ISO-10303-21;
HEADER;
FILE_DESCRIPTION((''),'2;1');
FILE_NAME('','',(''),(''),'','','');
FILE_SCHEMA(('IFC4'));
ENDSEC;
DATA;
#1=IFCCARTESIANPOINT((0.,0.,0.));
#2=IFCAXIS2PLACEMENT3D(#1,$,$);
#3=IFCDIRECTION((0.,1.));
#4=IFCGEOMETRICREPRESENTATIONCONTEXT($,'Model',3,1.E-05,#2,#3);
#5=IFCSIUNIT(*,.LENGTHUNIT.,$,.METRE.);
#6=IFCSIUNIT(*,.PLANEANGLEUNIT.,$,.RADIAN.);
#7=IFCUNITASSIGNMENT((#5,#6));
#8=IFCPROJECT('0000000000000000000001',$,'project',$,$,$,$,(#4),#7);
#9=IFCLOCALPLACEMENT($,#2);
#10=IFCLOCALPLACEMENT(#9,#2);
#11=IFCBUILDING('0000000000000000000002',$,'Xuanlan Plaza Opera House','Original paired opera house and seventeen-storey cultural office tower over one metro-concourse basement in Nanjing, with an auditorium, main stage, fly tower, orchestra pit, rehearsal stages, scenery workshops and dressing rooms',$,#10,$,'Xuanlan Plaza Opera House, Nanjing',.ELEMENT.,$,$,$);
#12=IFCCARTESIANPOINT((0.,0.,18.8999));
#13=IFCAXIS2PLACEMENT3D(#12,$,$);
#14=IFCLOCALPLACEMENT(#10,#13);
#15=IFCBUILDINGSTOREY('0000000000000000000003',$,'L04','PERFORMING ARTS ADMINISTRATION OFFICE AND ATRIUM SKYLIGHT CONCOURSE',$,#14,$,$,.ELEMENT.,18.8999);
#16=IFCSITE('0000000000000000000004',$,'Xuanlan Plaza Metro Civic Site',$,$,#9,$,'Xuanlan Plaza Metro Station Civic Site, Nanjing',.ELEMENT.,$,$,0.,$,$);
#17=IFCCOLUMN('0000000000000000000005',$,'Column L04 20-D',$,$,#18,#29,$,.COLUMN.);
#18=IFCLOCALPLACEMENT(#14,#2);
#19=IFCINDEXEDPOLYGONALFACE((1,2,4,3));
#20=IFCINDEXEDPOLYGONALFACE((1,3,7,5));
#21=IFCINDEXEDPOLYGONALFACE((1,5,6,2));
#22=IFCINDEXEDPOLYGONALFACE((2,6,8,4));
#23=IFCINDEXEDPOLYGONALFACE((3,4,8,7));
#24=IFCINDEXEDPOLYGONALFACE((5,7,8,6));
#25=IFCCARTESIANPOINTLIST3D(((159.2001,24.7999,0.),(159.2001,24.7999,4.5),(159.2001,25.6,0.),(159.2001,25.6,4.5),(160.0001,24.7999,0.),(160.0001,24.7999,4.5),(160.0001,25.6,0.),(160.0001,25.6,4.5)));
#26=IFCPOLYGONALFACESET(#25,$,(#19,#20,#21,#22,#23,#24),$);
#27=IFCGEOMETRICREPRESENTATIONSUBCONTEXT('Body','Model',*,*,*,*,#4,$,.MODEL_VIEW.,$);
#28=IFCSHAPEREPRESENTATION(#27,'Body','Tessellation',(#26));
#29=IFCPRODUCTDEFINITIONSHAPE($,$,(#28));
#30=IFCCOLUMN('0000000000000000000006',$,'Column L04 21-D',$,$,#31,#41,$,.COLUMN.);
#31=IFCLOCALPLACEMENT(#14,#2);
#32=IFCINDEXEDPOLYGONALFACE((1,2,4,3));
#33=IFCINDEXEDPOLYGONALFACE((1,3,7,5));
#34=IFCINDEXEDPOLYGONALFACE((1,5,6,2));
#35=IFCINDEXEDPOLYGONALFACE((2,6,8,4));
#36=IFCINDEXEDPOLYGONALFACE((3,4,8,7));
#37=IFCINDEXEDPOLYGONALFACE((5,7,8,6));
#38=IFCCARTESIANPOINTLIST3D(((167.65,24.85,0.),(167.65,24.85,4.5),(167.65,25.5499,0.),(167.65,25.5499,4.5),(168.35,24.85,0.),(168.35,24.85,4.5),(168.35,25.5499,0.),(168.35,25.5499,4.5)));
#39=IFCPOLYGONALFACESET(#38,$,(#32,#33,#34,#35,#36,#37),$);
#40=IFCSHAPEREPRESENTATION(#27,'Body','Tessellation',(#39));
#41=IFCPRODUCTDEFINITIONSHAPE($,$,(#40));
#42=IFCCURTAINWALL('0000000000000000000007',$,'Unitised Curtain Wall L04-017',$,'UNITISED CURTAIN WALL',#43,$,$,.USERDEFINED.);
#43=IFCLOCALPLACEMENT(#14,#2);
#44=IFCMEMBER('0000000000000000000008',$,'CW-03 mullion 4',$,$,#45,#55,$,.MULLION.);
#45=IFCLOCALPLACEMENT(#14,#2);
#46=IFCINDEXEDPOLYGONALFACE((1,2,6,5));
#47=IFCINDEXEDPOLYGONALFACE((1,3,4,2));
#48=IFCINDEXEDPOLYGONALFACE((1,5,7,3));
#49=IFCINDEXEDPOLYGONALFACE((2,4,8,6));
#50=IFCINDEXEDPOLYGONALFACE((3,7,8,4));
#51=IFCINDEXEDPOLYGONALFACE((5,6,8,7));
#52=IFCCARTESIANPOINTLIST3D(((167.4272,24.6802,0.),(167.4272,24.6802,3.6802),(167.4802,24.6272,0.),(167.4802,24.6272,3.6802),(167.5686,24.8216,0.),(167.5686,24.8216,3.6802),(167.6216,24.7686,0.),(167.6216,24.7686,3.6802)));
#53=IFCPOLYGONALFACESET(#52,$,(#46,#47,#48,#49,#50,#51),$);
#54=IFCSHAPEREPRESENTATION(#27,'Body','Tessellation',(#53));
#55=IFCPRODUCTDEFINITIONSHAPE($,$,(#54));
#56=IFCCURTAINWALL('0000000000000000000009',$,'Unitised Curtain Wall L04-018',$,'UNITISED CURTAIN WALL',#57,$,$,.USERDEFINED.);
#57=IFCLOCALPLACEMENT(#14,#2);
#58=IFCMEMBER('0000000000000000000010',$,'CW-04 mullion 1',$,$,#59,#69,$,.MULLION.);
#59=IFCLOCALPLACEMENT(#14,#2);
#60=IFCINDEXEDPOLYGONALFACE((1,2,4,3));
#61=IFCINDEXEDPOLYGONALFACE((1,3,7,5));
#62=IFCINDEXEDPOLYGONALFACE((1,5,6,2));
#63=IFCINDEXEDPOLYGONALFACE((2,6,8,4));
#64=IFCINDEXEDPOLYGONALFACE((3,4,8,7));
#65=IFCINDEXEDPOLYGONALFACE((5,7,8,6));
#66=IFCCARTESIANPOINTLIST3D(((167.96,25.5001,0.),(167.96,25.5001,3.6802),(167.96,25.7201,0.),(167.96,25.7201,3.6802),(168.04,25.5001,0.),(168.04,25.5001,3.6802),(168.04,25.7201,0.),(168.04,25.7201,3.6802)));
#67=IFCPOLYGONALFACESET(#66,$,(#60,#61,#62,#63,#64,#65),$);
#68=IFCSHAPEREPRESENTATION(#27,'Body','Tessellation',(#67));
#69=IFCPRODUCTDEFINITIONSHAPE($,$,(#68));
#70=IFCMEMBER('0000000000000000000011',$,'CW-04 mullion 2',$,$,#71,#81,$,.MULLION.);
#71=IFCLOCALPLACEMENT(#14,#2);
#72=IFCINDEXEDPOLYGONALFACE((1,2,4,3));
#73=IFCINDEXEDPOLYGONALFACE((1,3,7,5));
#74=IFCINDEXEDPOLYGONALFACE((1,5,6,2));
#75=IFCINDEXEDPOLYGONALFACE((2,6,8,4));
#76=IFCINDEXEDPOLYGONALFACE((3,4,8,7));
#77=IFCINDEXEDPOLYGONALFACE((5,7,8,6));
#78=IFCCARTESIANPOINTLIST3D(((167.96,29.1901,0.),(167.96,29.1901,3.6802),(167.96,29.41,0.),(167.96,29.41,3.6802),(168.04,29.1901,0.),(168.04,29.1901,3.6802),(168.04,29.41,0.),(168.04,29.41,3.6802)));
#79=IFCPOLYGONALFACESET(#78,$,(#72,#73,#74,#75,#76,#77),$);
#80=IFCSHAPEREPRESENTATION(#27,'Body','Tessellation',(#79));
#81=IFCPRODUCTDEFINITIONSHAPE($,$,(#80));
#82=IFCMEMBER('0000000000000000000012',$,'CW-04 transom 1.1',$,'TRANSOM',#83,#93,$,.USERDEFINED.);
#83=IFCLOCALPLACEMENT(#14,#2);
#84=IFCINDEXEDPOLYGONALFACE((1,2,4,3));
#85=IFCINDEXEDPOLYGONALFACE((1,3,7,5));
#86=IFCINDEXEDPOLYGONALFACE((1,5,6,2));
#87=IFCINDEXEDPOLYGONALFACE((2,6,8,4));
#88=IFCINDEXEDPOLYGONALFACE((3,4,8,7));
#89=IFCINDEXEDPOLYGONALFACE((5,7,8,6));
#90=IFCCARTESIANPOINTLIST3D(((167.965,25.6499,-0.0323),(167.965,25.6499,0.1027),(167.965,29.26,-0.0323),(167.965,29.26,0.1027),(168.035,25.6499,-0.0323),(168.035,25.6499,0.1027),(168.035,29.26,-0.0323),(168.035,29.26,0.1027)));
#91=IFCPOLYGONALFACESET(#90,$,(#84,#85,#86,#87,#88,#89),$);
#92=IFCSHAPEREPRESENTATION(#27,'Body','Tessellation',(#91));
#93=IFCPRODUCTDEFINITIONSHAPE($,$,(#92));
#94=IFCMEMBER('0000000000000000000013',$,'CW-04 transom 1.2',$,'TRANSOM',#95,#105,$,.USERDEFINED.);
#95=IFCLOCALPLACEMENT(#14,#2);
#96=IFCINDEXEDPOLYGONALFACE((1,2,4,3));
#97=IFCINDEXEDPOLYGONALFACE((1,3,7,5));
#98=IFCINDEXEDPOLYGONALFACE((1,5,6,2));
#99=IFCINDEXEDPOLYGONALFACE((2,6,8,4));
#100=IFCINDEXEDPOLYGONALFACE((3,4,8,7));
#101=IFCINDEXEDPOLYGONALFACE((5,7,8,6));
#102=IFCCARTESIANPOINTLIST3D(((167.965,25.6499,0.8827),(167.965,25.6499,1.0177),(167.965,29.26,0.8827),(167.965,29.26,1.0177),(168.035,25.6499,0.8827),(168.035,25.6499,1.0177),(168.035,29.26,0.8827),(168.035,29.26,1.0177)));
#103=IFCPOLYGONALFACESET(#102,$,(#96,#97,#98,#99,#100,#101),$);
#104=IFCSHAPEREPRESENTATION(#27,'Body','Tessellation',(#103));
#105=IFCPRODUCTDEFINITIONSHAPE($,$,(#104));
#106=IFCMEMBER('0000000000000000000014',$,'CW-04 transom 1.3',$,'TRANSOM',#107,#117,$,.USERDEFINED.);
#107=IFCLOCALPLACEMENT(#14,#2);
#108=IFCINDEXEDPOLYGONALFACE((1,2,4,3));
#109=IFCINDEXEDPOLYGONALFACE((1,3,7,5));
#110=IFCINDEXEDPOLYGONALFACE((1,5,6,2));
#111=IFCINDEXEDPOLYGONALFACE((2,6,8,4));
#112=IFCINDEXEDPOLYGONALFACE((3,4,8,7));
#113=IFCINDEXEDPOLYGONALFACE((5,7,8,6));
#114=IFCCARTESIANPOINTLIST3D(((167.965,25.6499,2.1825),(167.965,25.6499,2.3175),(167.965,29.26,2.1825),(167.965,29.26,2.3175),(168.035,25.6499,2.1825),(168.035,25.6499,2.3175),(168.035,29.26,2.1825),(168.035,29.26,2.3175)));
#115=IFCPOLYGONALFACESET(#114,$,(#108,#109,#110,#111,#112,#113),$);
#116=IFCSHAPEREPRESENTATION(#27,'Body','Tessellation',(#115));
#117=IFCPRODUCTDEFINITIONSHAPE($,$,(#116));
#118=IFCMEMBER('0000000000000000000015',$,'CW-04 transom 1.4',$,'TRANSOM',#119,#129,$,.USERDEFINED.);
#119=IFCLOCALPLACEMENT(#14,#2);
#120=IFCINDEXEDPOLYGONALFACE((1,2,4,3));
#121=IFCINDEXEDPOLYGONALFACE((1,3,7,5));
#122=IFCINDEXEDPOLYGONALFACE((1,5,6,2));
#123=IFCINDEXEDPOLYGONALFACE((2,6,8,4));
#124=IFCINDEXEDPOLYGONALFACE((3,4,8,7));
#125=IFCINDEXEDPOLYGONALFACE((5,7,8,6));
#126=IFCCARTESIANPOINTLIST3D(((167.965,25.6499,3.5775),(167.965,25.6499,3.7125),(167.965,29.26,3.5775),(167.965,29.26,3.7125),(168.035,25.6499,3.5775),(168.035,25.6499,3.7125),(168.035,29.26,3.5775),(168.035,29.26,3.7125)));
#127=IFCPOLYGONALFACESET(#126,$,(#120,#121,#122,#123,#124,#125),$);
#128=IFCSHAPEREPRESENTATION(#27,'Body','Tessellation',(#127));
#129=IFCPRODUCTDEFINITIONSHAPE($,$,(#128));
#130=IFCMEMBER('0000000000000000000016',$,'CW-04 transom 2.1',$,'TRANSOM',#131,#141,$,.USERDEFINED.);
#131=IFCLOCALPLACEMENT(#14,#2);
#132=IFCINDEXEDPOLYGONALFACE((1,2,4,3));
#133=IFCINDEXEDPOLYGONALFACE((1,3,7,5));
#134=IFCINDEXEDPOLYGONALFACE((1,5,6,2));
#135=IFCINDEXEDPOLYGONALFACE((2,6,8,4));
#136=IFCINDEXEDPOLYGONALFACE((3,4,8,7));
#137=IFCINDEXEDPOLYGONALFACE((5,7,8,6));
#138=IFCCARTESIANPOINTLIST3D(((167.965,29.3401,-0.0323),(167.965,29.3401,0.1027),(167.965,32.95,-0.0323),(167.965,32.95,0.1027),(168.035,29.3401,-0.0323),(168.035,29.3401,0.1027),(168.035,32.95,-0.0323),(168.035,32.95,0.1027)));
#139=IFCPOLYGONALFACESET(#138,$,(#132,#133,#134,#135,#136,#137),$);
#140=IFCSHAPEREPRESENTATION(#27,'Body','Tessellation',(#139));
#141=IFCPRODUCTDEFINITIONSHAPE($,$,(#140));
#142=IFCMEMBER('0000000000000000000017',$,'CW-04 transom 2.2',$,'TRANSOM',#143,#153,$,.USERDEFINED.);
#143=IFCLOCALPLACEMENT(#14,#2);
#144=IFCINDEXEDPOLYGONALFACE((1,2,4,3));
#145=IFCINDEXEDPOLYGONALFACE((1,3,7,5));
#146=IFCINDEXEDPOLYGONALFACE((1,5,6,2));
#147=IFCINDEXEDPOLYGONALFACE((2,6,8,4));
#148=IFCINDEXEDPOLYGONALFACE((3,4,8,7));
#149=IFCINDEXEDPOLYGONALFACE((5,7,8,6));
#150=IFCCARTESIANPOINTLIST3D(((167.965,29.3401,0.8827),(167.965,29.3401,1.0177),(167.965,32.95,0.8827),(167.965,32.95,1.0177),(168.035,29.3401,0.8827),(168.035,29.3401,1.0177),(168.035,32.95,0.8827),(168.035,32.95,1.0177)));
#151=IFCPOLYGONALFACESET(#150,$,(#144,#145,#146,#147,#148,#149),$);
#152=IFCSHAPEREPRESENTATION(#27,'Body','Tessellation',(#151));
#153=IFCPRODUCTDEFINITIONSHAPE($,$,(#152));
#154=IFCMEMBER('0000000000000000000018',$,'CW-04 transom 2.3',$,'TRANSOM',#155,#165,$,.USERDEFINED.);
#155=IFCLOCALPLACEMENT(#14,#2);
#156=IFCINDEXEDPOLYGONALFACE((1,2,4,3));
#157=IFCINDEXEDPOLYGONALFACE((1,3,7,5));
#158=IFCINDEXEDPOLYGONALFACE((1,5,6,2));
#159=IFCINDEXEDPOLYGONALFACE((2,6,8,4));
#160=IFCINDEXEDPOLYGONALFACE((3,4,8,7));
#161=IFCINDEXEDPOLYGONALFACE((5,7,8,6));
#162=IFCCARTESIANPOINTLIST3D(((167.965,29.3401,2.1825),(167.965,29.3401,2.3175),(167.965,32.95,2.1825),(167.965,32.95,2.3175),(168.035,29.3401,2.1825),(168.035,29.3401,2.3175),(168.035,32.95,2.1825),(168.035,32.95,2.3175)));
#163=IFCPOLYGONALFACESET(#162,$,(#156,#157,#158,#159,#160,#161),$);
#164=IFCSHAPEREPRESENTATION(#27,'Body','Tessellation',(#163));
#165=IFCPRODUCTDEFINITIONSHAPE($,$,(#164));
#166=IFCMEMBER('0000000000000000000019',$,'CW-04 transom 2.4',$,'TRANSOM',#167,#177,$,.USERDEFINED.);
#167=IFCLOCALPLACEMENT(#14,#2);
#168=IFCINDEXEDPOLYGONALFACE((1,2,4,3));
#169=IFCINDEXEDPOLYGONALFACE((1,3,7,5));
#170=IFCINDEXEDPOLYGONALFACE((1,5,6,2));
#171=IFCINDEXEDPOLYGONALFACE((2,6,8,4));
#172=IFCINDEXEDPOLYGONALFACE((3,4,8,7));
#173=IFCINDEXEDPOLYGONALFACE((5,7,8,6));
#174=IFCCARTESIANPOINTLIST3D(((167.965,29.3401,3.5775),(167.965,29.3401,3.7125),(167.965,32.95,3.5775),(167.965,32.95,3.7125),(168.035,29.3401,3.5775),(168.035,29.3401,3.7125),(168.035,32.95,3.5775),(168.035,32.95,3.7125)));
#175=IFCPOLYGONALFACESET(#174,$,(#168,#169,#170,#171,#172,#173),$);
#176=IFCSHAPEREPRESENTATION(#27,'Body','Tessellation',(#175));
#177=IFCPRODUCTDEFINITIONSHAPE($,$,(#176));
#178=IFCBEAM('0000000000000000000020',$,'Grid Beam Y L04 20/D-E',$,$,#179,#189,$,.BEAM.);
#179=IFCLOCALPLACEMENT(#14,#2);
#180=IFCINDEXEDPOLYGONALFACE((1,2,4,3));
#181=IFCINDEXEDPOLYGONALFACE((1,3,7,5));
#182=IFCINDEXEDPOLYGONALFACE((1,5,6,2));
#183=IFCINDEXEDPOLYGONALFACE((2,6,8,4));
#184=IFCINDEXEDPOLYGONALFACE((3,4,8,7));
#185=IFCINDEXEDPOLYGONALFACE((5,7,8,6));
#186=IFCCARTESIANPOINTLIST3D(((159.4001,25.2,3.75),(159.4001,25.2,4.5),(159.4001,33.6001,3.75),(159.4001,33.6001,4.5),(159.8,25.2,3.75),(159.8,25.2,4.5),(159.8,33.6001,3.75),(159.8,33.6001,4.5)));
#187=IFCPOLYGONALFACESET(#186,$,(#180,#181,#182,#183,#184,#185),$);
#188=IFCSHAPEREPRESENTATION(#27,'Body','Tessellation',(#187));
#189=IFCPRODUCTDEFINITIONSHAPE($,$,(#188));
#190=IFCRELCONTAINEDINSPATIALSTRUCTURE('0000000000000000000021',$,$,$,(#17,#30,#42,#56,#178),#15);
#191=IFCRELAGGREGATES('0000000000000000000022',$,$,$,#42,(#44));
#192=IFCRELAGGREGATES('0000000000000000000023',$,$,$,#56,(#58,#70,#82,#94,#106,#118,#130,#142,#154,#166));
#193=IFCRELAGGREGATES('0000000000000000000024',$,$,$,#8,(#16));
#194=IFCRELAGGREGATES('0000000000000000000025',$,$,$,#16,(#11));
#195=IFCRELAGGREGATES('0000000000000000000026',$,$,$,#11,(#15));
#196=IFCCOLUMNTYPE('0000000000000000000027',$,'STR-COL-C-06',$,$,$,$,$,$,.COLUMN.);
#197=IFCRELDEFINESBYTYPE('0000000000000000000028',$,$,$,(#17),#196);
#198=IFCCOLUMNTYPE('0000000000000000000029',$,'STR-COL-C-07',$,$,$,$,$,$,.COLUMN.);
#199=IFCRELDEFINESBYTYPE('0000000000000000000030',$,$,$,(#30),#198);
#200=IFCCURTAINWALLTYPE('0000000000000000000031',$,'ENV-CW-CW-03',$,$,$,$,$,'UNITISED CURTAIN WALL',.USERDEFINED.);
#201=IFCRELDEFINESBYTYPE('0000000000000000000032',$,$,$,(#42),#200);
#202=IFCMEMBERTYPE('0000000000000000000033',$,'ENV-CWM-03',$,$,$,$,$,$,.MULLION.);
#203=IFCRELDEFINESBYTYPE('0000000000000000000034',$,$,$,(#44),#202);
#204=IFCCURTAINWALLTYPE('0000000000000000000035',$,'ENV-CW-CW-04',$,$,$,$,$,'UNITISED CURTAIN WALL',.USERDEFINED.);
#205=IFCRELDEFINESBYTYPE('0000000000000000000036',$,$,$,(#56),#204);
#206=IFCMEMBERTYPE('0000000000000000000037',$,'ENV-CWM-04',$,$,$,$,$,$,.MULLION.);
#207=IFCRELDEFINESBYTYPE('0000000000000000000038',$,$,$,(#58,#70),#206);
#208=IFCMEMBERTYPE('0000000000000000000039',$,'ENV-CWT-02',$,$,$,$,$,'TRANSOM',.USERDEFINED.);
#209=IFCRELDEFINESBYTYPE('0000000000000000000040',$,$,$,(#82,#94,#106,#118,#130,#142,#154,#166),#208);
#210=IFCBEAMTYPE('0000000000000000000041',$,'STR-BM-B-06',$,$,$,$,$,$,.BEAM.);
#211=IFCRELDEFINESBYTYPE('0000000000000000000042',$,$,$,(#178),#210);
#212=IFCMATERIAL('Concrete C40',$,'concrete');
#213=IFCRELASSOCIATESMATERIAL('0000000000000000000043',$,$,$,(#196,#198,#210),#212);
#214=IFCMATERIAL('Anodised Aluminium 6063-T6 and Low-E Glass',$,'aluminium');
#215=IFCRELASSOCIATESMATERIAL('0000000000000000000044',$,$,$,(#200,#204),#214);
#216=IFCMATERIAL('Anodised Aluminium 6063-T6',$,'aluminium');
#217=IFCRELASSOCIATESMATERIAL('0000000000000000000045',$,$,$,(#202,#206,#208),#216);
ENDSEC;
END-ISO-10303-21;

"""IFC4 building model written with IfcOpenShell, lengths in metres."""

from ifc_helpers import new_model, si_unit, direction, frame, origin, origin_2d, place, context, subcontext, project, spatial, rectangle, extrude, material, material_profile, profile_set, type_object, element, aggregate, save


model = new_model("IFC4")

# Units and contexts
model_context = context("Model", 3, precision=1e-05, world=origin(), true_north=direction((0.0, 1.0)))
body_context = subcontext(model_context, "Body", "Model", "MODEL_VIEW")
ifc_project = project(units=[si_unit("LENGTHUNIT", "METRE"), si_unit("PLANEANGLEUNIT", "RADIAN")], contexts=[model_context])

# Site, building, storey
site_placement = place(None, origin())
site = spatial("IfcSite", under=ifc_project, at=site_placement, Name="Xuanlan Plaza Metro Civic Site", LongName="Xuanlan Plaza Metro Station Civic Site, Nanjing", CompositionType="ELEMENT", RefElevation=0.0)
building_placement = place(site_placement, origin())
building = spatial("IfcBuilding", under=site, at=building_placement, Name="Xuanlan Plaza Opera House", Description="Original paired opera house and seventeen-storey cultural office tower over one metro-concourse basement in Nanjing, with an auditorium, main stage, fly tower, orchestra pit, rehearsal stages, scenery workshops and dressing rooms", LongName="Xuanlan Plaza Opera House, Nanjing", CompositionType="ELEMENT")
storey_placement = place(building_placement, frame((0.0, 0.0, 18.8999)))
storey = spatial("IfcBuildingStorey", under=building, at=storey_placement, Name="L04", Description="PERFORMING ARTS ADMINISTRATION OFFICE AND ATRIUM SKYLIGHT CONCOURSE", CompositionType="ELEMENT", Elevation=18.8999)

# Columns
ifc_material_1 = material(Name="Concrete C40", Category="concrete")
ifc_material_profile_1 = material_profile(ifc_material_1, rectangle(XDim=0.8, YDim=0.8, at=origin_2d()), Name="RC-COL 800x800")
ifc_profile_set_1 = profile_set([ifc_material_profile_1], Name="Concrete C40")
column_type_1 = type_object("IfcColumnType", Name="STR-COL-C-06", PredefinedType="COLUMN", material=ifc_profile_set_1)
column_1_placement = place(storey_placement, frame((159.6001, 25.2, 0.0), z_axis=(0.0, 0.0, 1.0), x_axis=(1.0, 0.0, 0.0)))
element("IfcColumn", 1, at=column_1_placement, inside=storey, type_object=column_type_1, Name="Column L04 20-D", PredefinedType="COLUMN", context=body_context, shape_type="SweptSolid", body=[
    extrude(rectangle(XDim=0.8, YDim=0.8, at=origin_2d()), origin(), (0.0, 0.0, 1.0), 4.5),
])
ifc_material_profile_2 = material_profile(ifc_material_1, rectangle(XDim=0.7, YDim=0.7, at=origin_2d()), Name="RC-COL 700x700")
ifc_profile_set_2 = profile_set([ifc_material_profile_2], Name="Concrete C40")
column_type_2 = type_object("IfcColumnType", Name="STR-COL-C-07", PredefinedType="COLUMN", material=ifc_profile_set_2)
column_2_placement = place(storey_placement, frame((168.0, 25.2, 0.0), z_axis=(0.0, 0.0, 1.0), x_axis=(1.0, 0.0, 0.0)))
element("IfcColumn", 2, at=column_2_placement, inside=storey, type_object=column_type_2, Name="Column L04 21-D", PredefinedType="COLUMN", context=body_context, shape_type="SweptSolid", body=[
    extrude(rectangle(XDim=0.7, YDim=0.7, at=origin_2d()), origin(), (0.0, 0.0, 1.0), 4.5),
])

# Curtain wall, member
ifc_material_2 = material(Name="Anodised Aluminium 6063-T6 and Low-E Glass", Category="aluminium")
curtain_wall_type_1 = type_object("IfcCurtainWallType", Name="ENV-CW-CW-03", ElementType="UNITISED CURTAIN WALL", PredefinedType="USERDEFINED", material=ifc_material_2)
curtain_wall_1_placement = place(storey_placement, origin())
curtain_wall_1 = element("IfcCurtainWall", 3, at=curtain_wall_1_placement, inside=storey, type_object=curtain_wall_type_1, Name="Unitised Curtain Wall L04-017", ObjectType="UNITISED CURTAIN WALL", PredefinedType="USERDEFINED")
ifc_material_3 = material(Name="Anodised Aluminium 6063-T6", Category="aluminium")
ifc_material_profile_3 = material_profile(ifc_material_3, rectangle(XDim=0.075, YDim=0.2, at=origin_2d()), Name="ALU-M 75x200")
ifc_profile_set_3 = profile_set([ifc_material_profile_3], Name="Anodised Aluminium 6063-T6")
member_type_1 = type_object("IfcMemberType", Name="ENV-CWM-03", PredefinedType="MULLION", material=ifc_profile_set_3)
member_1_placement = place(storey_placement, frame((167.5244, 24.7244, 0.0), z_axis=(0.0, 0.0, 1.0), x_axis=(-0.707107, 0.707107, 0.0)))
member_1 = element("IfcMember", 4, at=member_1_placement, type_object=member_type_1, Name="CW-03 mullion 4", PredefinedType="MULLION", context=body_context, shape_type="SweptSolid", body=[
    extrude(rectangle(XDim=0.075, YDim=0.2, at=origin_2d()), origin(), (0.0, 0.0, 1.0), 3.6802),
])

# Curtain wall, members
curtain_wall_type_2 = type_object("IfcCurtainWallType", Name="ENV-CW-CW-04", ElementType="UNITISED CURTAIN WALL", PredefinedType="USERDEFINED", material=ifc_material_2)
curtain_wall_2_placement = place(storey_placement, origin())
curtain_wall_2 = element("IfcCurtainWall", 5, at=curtain_wall_2_placement, inside=storey, type_object=curtain_wall_type_2, Name="Unitised Curtain Wall L04-018", ObjectType="UNITISED CURTAIN WALL", PredefinedType="USERDEFINED")
ifc_material_profile_4 = material_profile(ifc_material_3, rectangle(XDim=0.0801, YDim=0.22, at=origin_2d()), Name="ALU-M 80x220")
ifc_profile_set_4 = profile_set([ifc_material_profile_4], Name="Anodised Aluminium 6063-T6")
member_type_2 = type_object("IfcMemberType", Name="ENV-CWM-04", PredefinedType="MULLION", material=ifc_profile_set_4)
member_2_placement = place(storey_placement, frame((168.0, 25.6101, 0.0), z_axis=(0.0, 0.0, 1.0), x_axis=(-1.0, 0.0, 0.0)))
member_2 = element("IfcMember", 6, at=member_2_placement, type_object=member_type_2, Name="CW-04 mullion 1", PredefinedType="MULLION", context=body_context, shape_type="SweptSolid", body=[
    extrude(rectangle(XDim=0.0801, YDim=0.22, at=origin_2d()), origin(), (0.0, 0.0, 1.0), 3.6802),
])
member_3_placement = place(storey_placement, frame((168.0, 29.3, 0.0), z_axis=(0.0, 0.0, 1.0), x_axis=(-1.0, 0.0, 0.0)))
member_3 = element("IfcMember", 7, at=member_3_placement, type_object=member_type_2, Name="CW-04 mullion 2", PredefinedType="MULLION", context=body_context, shape_type="SweptSolid", body=[
    extrude(rectangle(XDim=0.0801, YDim=0.22, at=origin_2d()), origin(), (0.0, 0.0, 1.0), 3.6802),
])
ifc_material_profile_5 = material_profile(ifc_material_3, rectangle(XDim=0.0701, YDim=0.135, at=origin_2d()), Name="ALU-T 70x135")
ifc_profile_set_5 = profile_set([ifc_material_profile_5], Name="Anodised Aluminium 6063-T6")
member_type_3 = type_object("IfcMemberType", Name="ENV-CWT-02", ElementType="TRANSOM", PredefinedType="USERDEFINED", material=ifc_profile_set_5)
member_4_placement = place(storey_placement, frame((168.0, 25.6499, 0.0352), z_axis=(0.0, 1.0, 0.0), x_axis=(-1.0, 0.0, 0.0)))
member_4 = element("IfcMember", 8, at=member_4_placement, type_object=member_type_3, Name="CW-04 transom 1.1", ObjectType="TRANSOM", PredefinedType="USERDEFINED", context=body_context, shape_type="SweptSolid", body=[
    extrude(rectangle(XDim=0.0701, YDim=0.135, at=origin_2d()), origin(), (0.0, 0.0, 1.0), 3.6101),
])
member_5_placement = place(storey_placement, frame((168.0, 25.6499, 0.9502), z_axis=(0.0, 1.0, 0.0), x_axis=(-1.0, 0.0, 0.0)))
member_5 = element("IfcMember", 9, at=member_5_placement, type_object=member_type_3, Name="CW-04 transom 1.2", ObjectType="TRANSOM", PredefinedType="USERDEFINED", context=body_context, shape_type="SweptSolid", body=[
    extrude(rectangle(XDim=0.0701, YDim=0.135, at=origin_2d()), origin(), (0.0, 0.0, 1.0), 3.6101),
])
member_6_placement = place(storey_placement, frame((168.0, 25.6499, 2.25), z_axis=(0.0, 1.0, 0.0), x_axis=(-1.0, 0.0, 0.0)))
member_6 = element("IfcMember", 10, at=member_6_placement, type_object=member_type_3, Name="CW-04 transom 1.3", ObjectType="TRANSOM", PredefinedType="USERDEFINED", context=body_context, shape_type="SweptSolid", body=[
    extrude(rectangle(XDim=0.0701, YDim=0.135, at=origin_2d()), origin(), (0.0, 0.0, 1.0), 3.6101),
])
member_7_placement = place(storey_placement, frame((168.0, 25.6499, 3.645), z_axis=(0.0, 1.0, 0.0), x_axis=(-1.0, 0.0, 0.0)))
member_7 = element("IfcMember", 11, at=member_7_placement, type_object=member_type_3, Name="CW-04 transom 1.4", ObjectType="TRANSOM", PredefinedType="USERDEFINED", context=body_context, shape_type="SweptSolid", body=[
    extrude(rectangle(XDim=0.0701, YDim=0.135, at=origin_2d()), origin(), (0.0, 0.0, 1.0), 3.6101),
])
member_8_placement = place(storey_placement, frame((168.0, 29.3401, 0.0352), z_axis=(0.0, 1.0, 0.0), x_axis=(-1.0, 0.0, 0.0)))
member_8 = element("IfcMember", 12, at=member_8_placement, type_object=member_type_3, Name="CW-04 transom 2.1", ObjectType="TRANSOM", PredefinedType="USERDEFINED", context=body_context, shape_type="SweptSolid", body=[
    extrude(rectangle(XDim=0.0701, YDim=0.135, at=origin_2d()), origin(), (0.0, 0.0, 1.0), 3.6099),
])
member_9_placement = place(storey_placement, frame((168.0, 29.3401, 0.9502), z_axis=(0.0, 1.0, 0.0), x_axis=(-1.0, 0.0, 0.0)))
member_9 = element("IfcMember", 13, at=member_9_placement, type_object=member_type_3, Name="CW-04 transom 2.2", ObjectType="TRANSOM", PredefinedType="USERDEFINED", context=body_context, shape_type="SweptSolid", body=[
    extrude(rectangle(XDim=0.0701, YDim=0.135, at=origin_2d()), origin(), (0.0, 0.0, 1.0), 3.6099),
])
member_10_placement = place(storey_placement, frame((168.0, 29.3401, 2.25), z_axis=(0.0, 1.0, 0.0), x_axis=(-1.0, 0.0, 0.0)))
member_10 = element("IfcMember", 14, at=member_10_placement, type_object=member_type_3, Name="CW-04 transom 2.3", ObjectType="TRANSOM", PredefinedType="USERDEFINED", context=body_context, shape_type="SweptSolid", body=[
    extrude(rectangle(XDim=0.0701, YDim=0.135, at=origin_2d()), origin(), (0.0, 0.0, 1.0), 3.6099),
])
member_11_placement = place(storey_placement, frame((168.0, 29.3401, 3.645), z_axis=(0.0, 1.0, 0.0), x_axis=(-1.0, 0.0, 0.0)))
member_11 = element("IfcMember", 15, at=member_11_placement, type_object=member_type_3, Name="CW-04 transom 2.4", ObjectType="TRANSOM", PredefinedType="USERDEFINED", context=body_context, shape_type="SweptSolid", body=[
    extrude(rectangle(XDim=0.0701, YDim=0.135, at=origin_2d()), origin(), (0.0, 0.0, 1.0), 3.6099),
])

# Beam
ifc_material_profile_6 = material_profile(ifc_material_1, rectangle(XDim=0.3999, YDim=0.75, at=origin_2d()), Name="RC-BM 400x750")
ifc_profile_set_6 = profile_set([ifc_material_profile_6], Name="Concrete C40")
beam_type_1 = type_object("IfcBeamType", Name="STR-BM-B-06", PredefinedType="BEAM", material=ifc_profile_set_6)
beam_1_placement = place(storey_placement, frame((159.6001, 25.2, 4.125), z_axis=(0.0, 1.0, 0.0), x_axis=(-1.0, 0.0, 0.0)))
element("IfcBeam", 16, at=beam_1_placement, inside=storey, type_object=beam_type_1, Name="Grid Beam Y L04 20/D-E", PredefinedType="BEAM", context=body_context, shape_type="SweptSolid", body=[
    extrude(rectangle(XDim=0.3999, YDim=0.75, at=origin_2d()), origin(), (0.0, 0.0, 1.0), 8.4001),
])

aggregate(curtain_wall_1, [member_1])
aggregate(curtain_wall_2, [member_2, member_3, member_4, member_5, member_6, member_7, member_8, member_9, member_10, member_11])

save(model, "model.ifc")
